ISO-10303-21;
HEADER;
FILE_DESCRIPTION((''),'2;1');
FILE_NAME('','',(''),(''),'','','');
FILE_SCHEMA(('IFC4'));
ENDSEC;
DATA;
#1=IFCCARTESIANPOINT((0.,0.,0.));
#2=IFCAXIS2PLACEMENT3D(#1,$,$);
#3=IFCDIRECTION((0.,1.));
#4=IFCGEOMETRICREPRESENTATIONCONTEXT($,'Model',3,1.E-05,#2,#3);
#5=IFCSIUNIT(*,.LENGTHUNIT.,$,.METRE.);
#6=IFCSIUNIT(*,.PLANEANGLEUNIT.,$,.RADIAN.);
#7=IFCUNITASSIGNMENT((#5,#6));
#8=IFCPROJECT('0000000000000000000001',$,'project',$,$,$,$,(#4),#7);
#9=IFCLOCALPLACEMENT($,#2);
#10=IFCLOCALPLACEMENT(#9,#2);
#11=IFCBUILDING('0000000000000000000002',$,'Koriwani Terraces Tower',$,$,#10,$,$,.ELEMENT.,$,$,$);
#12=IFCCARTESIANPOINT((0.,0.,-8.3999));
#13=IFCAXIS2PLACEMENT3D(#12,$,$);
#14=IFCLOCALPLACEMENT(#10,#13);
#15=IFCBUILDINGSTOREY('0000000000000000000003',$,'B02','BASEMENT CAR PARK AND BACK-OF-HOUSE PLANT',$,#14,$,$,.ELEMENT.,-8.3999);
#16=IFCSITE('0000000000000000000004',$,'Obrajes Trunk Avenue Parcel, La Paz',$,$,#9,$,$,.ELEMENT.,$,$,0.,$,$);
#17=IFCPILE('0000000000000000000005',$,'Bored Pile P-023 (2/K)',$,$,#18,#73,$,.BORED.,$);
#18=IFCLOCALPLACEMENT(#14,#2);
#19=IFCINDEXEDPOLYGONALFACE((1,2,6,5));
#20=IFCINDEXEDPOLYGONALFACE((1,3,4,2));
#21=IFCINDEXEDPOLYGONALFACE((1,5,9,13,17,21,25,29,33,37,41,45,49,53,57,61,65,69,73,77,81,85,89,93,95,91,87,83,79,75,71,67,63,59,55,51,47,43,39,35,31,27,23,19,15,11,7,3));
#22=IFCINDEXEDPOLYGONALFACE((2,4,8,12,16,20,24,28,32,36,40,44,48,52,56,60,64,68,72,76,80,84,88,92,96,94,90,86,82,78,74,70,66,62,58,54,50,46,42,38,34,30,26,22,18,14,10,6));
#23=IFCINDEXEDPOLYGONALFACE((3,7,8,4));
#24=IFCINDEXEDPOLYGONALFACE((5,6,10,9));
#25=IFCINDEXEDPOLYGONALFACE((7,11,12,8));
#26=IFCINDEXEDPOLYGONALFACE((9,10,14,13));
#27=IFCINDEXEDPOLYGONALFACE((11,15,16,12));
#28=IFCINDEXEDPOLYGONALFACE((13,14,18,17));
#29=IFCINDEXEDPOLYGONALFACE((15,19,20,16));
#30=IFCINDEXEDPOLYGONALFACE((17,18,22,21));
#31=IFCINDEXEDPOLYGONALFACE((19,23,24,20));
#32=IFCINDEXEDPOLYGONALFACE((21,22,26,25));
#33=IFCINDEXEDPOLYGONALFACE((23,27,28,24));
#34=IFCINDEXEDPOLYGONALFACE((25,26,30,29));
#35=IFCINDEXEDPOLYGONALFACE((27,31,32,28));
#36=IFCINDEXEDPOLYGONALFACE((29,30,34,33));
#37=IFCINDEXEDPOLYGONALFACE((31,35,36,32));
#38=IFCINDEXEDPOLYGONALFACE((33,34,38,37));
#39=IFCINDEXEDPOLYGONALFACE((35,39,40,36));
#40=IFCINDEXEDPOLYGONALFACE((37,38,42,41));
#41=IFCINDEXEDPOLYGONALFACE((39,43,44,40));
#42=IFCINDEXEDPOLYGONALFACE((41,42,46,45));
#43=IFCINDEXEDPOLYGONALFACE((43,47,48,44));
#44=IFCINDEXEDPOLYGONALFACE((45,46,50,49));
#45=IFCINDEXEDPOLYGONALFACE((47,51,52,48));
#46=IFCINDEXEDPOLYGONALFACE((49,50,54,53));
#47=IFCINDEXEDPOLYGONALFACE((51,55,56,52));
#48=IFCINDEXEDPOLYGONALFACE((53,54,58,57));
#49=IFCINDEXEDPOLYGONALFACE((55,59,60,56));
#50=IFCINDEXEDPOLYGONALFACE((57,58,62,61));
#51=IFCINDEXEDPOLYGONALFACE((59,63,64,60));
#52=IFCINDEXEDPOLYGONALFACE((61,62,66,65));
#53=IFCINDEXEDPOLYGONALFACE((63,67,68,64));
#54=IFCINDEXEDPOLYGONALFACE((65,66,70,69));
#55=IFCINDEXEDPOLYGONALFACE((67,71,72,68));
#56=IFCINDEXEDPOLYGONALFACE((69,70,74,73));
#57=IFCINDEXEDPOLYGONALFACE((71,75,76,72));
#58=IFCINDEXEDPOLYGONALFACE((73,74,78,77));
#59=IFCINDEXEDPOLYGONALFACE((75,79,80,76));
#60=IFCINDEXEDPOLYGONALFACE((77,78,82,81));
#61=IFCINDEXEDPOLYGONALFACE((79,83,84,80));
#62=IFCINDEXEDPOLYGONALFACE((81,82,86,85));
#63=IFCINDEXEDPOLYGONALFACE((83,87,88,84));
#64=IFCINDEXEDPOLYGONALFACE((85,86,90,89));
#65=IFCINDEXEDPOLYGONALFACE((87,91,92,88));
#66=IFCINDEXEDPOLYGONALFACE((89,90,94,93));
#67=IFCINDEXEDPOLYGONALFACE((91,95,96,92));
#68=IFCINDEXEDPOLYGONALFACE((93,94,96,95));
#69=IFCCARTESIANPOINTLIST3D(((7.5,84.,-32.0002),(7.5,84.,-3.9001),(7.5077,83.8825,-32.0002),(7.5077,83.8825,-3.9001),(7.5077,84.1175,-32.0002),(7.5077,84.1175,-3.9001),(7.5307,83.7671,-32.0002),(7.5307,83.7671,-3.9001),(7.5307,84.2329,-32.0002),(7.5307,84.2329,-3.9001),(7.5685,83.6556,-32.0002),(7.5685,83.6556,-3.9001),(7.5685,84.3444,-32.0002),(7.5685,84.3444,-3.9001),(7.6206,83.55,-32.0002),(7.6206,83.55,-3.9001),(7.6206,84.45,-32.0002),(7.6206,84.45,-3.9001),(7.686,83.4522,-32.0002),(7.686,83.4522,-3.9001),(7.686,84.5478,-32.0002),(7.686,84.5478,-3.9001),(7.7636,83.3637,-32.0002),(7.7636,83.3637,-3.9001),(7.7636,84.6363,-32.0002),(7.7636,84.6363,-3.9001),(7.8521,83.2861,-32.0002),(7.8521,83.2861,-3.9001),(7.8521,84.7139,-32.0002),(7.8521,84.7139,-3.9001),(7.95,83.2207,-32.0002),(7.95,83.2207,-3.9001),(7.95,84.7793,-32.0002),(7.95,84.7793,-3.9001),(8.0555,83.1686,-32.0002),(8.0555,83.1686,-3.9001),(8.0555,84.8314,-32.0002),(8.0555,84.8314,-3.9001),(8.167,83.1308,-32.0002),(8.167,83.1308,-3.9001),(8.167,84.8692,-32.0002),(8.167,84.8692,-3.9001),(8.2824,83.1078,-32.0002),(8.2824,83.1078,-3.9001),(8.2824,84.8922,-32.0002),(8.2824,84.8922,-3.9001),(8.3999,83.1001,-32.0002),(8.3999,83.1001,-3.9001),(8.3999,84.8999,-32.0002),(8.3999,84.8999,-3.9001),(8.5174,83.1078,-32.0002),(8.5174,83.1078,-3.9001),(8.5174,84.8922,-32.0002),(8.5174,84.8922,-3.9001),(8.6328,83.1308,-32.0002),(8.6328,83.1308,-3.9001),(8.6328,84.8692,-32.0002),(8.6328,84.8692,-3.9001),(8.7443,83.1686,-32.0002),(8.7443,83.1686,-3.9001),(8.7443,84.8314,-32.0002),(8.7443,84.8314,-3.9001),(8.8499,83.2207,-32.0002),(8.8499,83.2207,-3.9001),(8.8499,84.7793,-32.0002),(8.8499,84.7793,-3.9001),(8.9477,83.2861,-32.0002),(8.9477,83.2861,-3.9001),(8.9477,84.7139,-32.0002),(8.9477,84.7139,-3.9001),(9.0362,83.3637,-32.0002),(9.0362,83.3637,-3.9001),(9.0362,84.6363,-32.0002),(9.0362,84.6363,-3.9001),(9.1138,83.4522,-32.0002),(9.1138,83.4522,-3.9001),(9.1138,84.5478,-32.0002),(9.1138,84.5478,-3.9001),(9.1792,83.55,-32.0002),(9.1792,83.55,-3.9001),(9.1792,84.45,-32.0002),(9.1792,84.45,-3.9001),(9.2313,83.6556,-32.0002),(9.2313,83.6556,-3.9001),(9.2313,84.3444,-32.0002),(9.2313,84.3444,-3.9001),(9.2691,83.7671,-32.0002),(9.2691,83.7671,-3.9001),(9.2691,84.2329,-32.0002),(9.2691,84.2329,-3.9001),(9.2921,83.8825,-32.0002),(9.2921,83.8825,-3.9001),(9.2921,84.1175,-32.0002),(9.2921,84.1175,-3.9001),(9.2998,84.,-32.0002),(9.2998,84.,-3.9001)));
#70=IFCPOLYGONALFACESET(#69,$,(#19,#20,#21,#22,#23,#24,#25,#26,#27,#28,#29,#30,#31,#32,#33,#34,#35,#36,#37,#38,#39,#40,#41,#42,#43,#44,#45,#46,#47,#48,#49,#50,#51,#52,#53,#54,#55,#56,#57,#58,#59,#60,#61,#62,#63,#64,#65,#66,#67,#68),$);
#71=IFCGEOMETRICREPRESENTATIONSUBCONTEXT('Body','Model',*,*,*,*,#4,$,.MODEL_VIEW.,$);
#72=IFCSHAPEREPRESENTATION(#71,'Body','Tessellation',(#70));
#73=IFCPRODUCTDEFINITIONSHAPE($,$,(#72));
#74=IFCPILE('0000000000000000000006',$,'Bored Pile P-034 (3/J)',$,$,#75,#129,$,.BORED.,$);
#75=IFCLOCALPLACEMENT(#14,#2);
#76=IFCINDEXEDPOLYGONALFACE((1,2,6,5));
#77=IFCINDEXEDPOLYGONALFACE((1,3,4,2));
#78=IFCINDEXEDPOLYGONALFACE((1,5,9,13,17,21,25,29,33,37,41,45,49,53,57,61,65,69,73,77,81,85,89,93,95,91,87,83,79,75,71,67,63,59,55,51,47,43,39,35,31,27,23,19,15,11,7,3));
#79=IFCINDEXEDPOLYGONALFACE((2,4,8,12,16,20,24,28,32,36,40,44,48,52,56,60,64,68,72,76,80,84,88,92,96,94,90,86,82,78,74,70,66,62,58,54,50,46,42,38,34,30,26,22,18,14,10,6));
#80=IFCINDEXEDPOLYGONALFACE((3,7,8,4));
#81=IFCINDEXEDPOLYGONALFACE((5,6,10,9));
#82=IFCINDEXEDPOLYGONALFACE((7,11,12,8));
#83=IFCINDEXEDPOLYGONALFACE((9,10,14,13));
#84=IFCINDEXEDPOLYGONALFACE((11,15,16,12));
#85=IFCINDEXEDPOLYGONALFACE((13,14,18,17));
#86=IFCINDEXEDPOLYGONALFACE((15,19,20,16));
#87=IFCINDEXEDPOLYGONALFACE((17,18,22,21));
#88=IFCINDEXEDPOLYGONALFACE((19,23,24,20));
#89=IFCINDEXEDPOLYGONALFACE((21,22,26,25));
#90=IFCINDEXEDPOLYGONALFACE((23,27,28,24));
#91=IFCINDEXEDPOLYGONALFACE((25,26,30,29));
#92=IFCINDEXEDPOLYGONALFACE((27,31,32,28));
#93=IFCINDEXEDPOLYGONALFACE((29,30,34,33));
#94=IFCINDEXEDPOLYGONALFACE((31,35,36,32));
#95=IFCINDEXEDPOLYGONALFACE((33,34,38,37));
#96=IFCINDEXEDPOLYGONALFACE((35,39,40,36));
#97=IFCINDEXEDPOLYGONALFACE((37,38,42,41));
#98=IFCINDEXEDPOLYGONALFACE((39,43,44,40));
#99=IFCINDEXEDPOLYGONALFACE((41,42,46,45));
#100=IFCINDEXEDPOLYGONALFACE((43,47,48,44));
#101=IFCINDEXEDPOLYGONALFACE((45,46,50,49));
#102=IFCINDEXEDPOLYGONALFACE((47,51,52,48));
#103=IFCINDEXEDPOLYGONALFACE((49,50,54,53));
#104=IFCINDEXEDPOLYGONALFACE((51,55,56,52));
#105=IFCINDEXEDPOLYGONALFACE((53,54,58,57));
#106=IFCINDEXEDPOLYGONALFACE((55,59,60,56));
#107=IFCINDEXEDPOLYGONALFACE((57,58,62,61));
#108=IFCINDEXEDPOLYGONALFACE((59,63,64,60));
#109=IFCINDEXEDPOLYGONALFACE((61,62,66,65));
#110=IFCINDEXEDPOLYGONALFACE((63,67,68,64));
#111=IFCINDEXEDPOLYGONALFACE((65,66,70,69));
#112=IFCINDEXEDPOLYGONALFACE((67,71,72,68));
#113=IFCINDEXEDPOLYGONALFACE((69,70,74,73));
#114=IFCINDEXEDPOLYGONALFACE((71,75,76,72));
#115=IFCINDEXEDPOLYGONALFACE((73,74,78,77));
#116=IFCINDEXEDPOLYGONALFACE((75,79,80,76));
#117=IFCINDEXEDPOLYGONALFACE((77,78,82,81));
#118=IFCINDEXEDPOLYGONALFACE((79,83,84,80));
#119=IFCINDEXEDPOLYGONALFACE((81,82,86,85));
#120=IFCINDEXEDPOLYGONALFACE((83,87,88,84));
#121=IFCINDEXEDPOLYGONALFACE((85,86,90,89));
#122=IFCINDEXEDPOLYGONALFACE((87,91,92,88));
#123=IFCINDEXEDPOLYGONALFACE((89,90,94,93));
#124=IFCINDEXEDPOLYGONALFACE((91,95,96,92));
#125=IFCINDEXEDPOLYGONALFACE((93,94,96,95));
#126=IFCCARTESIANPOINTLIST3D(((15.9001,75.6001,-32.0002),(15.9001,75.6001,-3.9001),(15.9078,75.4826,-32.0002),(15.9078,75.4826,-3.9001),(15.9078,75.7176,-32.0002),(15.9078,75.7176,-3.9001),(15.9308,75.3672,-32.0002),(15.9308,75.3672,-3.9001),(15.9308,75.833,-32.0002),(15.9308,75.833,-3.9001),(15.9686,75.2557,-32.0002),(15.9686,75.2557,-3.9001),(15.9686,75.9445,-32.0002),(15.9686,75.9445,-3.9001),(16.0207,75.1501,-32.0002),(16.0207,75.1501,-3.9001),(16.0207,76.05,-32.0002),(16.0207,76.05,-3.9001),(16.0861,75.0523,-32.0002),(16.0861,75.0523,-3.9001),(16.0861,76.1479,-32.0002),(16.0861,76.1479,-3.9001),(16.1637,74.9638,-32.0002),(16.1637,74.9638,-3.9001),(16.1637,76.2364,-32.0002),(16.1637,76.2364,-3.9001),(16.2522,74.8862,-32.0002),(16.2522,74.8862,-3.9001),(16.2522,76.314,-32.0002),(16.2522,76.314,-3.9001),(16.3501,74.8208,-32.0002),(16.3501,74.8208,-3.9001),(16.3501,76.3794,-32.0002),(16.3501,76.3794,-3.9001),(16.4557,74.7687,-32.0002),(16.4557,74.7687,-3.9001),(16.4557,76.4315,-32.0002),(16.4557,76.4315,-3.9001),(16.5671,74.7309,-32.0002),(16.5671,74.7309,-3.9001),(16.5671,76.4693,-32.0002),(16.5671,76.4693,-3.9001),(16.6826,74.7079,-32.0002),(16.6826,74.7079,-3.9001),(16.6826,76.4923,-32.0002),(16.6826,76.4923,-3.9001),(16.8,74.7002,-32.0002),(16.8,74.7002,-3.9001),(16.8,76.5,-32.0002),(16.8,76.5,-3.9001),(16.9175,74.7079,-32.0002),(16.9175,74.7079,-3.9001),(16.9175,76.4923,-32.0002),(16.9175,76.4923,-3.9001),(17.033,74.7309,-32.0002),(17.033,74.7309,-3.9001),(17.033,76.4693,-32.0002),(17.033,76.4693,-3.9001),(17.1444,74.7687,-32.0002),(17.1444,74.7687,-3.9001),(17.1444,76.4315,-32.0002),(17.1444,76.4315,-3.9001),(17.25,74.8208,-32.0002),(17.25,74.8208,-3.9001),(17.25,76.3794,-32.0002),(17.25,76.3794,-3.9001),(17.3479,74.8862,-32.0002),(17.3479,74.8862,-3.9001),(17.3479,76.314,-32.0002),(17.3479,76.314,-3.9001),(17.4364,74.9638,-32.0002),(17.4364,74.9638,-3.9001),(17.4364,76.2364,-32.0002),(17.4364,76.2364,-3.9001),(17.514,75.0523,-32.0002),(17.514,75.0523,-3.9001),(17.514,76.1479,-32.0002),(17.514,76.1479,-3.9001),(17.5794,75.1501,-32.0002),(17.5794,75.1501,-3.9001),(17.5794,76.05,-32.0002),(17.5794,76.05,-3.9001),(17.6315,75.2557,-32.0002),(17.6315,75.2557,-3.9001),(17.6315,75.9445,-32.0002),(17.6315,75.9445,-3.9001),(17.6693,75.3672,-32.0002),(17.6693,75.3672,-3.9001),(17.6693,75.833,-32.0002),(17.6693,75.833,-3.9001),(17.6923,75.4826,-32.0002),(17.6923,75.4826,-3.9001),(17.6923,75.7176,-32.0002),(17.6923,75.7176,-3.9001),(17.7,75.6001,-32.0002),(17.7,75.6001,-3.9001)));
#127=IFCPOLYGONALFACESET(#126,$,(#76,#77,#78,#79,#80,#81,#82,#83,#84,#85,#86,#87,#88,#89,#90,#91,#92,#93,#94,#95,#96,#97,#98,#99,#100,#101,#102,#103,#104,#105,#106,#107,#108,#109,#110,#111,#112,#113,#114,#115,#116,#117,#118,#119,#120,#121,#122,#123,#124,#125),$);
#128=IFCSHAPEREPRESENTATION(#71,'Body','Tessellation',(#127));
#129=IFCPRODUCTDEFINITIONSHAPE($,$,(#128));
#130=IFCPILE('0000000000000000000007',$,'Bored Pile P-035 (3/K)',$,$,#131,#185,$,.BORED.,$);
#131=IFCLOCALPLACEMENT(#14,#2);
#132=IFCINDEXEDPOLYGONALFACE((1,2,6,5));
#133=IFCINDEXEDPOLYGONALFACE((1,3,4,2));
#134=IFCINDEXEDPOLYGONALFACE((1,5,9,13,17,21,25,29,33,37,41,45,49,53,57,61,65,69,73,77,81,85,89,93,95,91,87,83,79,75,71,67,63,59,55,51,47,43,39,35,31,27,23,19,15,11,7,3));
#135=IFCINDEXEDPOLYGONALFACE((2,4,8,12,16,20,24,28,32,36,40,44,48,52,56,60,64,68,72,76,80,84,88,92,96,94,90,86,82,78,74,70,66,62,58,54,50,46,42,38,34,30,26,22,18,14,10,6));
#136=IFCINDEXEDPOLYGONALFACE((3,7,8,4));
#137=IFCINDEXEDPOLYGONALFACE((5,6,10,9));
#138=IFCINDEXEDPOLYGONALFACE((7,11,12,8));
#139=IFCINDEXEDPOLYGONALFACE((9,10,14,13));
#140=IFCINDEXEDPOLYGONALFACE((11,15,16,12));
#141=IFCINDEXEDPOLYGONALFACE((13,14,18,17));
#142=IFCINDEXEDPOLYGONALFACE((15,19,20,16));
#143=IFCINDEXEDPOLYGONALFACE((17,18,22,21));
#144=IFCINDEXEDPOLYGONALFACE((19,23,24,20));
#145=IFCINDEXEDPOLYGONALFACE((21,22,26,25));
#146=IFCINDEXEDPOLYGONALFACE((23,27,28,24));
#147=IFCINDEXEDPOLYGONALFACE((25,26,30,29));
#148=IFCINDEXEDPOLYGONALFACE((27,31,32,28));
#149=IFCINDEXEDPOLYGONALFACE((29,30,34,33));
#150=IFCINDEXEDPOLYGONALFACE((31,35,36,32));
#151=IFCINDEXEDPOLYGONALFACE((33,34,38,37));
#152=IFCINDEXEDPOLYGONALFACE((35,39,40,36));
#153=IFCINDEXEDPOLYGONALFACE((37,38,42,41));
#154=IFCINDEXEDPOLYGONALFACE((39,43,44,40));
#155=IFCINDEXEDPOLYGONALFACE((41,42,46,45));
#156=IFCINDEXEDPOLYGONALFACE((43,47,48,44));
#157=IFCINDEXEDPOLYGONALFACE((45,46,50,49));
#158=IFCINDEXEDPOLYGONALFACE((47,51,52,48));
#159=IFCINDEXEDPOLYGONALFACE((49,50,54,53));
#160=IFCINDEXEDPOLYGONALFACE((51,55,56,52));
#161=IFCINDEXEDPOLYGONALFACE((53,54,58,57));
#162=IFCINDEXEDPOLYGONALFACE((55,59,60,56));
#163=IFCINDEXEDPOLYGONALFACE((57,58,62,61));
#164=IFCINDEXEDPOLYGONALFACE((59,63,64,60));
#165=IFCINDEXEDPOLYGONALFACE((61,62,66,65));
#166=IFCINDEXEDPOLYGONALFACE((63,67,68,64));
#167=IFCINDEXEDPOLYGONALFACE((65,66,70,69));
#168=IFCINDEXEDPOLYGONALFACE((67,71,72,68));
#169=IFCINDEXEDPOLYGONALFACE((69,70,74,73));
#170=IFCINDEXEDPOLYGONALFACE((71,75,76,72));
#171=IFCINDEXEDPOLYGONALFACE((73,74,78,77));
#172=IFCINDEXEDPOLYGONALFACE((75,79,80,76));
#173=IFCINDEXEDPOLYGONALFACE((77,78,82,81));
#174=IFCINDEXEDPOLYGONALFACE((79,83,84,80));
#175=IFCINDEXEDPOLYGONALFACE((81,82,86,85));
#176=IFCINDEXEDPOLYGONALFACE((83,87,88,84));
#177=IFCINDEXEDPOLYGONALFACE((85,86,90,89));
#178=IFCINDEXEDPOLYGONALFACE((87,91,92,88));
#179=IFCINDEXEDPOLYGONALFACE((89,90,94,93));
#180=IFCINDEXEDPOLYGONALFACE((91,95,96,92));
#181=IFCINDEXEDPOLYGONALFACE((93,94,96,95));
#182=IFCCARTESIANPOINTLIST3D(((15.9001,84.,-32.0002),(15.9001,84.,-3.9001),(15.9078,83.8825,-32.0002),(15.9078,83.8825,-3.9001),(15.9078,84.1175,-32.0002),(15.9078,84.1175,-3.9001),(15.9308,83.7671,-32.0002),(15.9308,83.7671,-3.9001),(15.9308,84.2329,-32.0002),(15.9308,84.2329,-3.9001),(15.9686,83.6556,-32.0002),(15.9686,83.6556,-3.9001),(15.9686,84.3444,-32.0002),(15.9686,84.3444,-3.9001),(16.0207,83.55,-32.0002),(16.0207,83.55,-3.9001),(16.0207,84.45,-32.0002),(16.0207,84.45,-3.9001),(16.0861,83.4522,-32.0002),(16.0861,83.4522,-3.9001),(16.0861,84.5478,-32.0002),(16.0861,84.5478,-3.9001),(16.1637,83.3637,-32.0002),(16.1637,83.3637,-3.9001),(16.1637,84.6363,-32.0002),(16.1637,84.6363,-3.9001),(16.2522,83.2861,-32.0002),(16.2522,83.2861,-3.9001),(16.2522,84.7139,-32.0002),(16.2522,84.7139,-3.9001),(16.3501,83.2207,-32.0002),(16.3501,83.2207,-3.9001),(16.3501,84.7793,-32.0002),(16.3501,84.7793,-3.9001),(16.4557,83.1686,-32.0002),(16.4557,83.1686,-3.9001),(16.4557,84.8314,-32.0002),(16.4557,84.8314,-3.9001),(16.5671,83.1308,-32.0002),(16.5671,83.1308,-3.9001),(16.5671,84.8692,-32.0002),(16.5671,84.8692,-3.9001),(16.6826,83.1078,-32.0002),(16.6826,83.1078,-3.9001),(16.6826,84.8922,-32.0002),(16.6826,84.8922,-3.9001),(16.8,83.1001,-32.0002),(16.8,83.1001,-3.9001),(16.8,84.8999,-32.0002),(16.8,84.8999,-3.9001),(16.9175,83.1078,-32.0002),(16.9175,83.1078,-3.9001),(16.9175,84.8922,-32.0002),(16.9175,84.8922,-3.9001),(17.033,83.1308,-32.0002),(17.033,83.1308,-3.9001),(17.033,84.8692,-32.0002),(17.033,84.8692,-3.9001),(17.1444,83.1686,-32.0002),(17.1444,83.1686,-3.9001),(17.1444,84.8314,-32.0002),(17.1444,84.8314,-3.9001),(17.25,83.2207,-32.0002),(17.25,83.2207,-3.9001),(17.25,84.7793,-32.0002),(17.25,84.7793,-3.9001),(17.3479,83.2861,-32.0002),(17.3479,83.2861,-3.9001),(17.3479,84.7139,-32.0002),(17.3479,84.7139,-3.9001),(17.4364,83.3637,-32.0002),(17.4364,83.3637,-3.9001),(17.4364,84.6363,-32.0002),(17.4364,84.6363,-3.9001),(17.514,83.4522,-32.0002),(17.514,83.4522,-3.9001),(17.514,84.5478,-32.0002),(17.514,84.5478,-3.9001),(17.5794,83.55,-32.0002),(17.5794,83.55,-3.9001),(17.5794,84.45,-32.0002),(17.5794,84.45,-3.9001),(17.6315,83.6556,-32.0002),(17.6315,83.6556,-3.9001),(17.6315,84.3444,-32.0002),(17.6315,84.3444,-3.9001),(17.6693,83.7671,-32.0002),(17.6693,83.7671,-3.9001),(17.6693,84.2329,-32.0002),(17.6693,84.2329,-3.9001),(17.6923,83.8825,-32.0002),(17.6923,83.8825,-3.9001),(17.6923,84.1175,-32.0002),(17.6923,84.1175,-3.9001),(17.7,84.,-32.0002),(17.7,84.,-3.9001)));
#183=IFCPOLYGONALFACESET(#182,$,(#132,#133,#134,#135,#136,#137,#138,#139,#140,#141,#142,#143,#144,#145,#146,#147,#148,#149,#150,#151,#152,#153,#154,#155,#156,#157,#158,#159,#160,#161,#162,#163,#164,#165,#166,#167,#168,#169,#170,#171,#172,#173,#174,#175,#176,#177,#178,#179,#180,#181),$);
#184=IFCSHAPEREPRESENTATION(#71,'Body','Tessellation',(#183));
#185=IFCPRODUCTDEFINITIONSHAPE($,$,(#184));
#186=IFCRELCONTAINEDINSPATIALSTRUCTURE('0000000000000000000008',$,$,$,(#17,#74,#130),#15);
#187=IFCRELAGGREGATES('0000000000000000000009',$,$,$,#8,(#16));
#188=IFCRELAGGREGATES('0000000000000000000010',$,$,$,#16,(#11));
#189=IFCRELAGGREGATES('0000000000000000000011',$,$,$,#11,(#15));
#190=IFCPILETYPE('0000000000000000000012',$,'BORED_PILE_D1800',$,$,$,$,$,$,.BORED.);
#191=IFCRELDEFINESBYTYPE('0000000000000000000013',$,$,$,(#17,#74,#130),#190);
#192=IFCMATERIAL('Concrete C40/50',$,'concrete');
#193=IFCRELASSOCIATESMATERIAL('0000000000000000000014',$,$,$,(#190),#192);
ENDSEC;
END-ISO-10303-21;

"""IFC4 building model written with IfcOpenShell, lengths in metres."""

from ifc_helpers import new_model, si_unit, direction, frame, origin, origin_2d, place, context, subcontext, project, spatial, circle, extrude, material, material_profile, profile_set, type_object, element, save


model = new_model("IFC4")

# Units and contexts
model_context = context("Model", 3, precision=1e-05, world=origin(), true_north=direction((0.0, 1.0)))
body_context = subcontext(model_context, "Body", "Model", "MODEL_VIEW")
ifc_project = project(units=[si_unit("LENGTHUNIT", "METRE"), si_unit("PLANEANGLEUNIT", "RADIAN")], contexts=[model_context])

# Site, building, storey
site_placement = place(None, origin())
site = spatial("IfcSite", under=ifc_project, at=site_placement, Name="Obrajes Trunk Avenue Parcel, La Paz", CompositionType="ELEMENT", RefElevation=0.0)
building_placement = place(site_placement, origin())
building = spatial("IfcBuilding", under=site, at=building_placement, Name="Koriwani Terraces Tower", CompositionType="ELEMENT")
storey_placement = place(building_placement, frame((0.0, 0.0, -8.3999)))
storey = spatial("IfcBuildingStorey", under=building, at=storey_placement, Name="B02", Description="BASEMENT CAR PARK AND BACK-OF-HOUSE PLANT", CompositionType="ELEMENT", Elevation=-8.3999)

# Piles
ifc_material_1 = material(Name="Concrete C40/50", Category="concrete")
ifc_material_profile_1 = material_profile(ifc_material_1, circle(Radius=0.8999, at=origin_2d()), Name="Concrete C40/50")
ifc_profile_set_1 = profile_set([ifc_material_profile_1], Name="Concrete C40/50")
pile_type_1 = type_object("IfcPileType", Name="BORED_PILE_D1800", PredefinedType="BORED", material=ifc_profile_set_1)
for number, where, z_axis, x_axis, name in (
    (1, (8.3999, 84.0, -3.9001), (0.0, 0.0, -1.0), (1.0, 0.0, 0.0), "Bored Pile P-023 (2/K)"),
    (2, (16.8, 75.6001, -3.9001), (0.0, 0.0, -1.0), (1.0, 0.0, 0.0), "Bored Pile P-034 (3/J)"),
    (3, (16.8, 84.0, -3.9001), (0.0, 0.0, -1.0), (1.0, 0.0, 0.0), "Bored Pile P-035 (3/K)"),
):
    element("IfcPile", number, at=place(storey_placement, frame(where, z_axis=z_axis, x_axis=x_axis)), inside=storey, type_object=pile_type_1, Name=name, PredefinedType="BORED", context=body_context, shape_type="SweptSolid", body=[
        extrude(circle(Radius=0.8999, at=origin_2d()), origin(), (0.0, 0.0, 1.0), 28.1001),
    ])

save(model, "model.ifc")
